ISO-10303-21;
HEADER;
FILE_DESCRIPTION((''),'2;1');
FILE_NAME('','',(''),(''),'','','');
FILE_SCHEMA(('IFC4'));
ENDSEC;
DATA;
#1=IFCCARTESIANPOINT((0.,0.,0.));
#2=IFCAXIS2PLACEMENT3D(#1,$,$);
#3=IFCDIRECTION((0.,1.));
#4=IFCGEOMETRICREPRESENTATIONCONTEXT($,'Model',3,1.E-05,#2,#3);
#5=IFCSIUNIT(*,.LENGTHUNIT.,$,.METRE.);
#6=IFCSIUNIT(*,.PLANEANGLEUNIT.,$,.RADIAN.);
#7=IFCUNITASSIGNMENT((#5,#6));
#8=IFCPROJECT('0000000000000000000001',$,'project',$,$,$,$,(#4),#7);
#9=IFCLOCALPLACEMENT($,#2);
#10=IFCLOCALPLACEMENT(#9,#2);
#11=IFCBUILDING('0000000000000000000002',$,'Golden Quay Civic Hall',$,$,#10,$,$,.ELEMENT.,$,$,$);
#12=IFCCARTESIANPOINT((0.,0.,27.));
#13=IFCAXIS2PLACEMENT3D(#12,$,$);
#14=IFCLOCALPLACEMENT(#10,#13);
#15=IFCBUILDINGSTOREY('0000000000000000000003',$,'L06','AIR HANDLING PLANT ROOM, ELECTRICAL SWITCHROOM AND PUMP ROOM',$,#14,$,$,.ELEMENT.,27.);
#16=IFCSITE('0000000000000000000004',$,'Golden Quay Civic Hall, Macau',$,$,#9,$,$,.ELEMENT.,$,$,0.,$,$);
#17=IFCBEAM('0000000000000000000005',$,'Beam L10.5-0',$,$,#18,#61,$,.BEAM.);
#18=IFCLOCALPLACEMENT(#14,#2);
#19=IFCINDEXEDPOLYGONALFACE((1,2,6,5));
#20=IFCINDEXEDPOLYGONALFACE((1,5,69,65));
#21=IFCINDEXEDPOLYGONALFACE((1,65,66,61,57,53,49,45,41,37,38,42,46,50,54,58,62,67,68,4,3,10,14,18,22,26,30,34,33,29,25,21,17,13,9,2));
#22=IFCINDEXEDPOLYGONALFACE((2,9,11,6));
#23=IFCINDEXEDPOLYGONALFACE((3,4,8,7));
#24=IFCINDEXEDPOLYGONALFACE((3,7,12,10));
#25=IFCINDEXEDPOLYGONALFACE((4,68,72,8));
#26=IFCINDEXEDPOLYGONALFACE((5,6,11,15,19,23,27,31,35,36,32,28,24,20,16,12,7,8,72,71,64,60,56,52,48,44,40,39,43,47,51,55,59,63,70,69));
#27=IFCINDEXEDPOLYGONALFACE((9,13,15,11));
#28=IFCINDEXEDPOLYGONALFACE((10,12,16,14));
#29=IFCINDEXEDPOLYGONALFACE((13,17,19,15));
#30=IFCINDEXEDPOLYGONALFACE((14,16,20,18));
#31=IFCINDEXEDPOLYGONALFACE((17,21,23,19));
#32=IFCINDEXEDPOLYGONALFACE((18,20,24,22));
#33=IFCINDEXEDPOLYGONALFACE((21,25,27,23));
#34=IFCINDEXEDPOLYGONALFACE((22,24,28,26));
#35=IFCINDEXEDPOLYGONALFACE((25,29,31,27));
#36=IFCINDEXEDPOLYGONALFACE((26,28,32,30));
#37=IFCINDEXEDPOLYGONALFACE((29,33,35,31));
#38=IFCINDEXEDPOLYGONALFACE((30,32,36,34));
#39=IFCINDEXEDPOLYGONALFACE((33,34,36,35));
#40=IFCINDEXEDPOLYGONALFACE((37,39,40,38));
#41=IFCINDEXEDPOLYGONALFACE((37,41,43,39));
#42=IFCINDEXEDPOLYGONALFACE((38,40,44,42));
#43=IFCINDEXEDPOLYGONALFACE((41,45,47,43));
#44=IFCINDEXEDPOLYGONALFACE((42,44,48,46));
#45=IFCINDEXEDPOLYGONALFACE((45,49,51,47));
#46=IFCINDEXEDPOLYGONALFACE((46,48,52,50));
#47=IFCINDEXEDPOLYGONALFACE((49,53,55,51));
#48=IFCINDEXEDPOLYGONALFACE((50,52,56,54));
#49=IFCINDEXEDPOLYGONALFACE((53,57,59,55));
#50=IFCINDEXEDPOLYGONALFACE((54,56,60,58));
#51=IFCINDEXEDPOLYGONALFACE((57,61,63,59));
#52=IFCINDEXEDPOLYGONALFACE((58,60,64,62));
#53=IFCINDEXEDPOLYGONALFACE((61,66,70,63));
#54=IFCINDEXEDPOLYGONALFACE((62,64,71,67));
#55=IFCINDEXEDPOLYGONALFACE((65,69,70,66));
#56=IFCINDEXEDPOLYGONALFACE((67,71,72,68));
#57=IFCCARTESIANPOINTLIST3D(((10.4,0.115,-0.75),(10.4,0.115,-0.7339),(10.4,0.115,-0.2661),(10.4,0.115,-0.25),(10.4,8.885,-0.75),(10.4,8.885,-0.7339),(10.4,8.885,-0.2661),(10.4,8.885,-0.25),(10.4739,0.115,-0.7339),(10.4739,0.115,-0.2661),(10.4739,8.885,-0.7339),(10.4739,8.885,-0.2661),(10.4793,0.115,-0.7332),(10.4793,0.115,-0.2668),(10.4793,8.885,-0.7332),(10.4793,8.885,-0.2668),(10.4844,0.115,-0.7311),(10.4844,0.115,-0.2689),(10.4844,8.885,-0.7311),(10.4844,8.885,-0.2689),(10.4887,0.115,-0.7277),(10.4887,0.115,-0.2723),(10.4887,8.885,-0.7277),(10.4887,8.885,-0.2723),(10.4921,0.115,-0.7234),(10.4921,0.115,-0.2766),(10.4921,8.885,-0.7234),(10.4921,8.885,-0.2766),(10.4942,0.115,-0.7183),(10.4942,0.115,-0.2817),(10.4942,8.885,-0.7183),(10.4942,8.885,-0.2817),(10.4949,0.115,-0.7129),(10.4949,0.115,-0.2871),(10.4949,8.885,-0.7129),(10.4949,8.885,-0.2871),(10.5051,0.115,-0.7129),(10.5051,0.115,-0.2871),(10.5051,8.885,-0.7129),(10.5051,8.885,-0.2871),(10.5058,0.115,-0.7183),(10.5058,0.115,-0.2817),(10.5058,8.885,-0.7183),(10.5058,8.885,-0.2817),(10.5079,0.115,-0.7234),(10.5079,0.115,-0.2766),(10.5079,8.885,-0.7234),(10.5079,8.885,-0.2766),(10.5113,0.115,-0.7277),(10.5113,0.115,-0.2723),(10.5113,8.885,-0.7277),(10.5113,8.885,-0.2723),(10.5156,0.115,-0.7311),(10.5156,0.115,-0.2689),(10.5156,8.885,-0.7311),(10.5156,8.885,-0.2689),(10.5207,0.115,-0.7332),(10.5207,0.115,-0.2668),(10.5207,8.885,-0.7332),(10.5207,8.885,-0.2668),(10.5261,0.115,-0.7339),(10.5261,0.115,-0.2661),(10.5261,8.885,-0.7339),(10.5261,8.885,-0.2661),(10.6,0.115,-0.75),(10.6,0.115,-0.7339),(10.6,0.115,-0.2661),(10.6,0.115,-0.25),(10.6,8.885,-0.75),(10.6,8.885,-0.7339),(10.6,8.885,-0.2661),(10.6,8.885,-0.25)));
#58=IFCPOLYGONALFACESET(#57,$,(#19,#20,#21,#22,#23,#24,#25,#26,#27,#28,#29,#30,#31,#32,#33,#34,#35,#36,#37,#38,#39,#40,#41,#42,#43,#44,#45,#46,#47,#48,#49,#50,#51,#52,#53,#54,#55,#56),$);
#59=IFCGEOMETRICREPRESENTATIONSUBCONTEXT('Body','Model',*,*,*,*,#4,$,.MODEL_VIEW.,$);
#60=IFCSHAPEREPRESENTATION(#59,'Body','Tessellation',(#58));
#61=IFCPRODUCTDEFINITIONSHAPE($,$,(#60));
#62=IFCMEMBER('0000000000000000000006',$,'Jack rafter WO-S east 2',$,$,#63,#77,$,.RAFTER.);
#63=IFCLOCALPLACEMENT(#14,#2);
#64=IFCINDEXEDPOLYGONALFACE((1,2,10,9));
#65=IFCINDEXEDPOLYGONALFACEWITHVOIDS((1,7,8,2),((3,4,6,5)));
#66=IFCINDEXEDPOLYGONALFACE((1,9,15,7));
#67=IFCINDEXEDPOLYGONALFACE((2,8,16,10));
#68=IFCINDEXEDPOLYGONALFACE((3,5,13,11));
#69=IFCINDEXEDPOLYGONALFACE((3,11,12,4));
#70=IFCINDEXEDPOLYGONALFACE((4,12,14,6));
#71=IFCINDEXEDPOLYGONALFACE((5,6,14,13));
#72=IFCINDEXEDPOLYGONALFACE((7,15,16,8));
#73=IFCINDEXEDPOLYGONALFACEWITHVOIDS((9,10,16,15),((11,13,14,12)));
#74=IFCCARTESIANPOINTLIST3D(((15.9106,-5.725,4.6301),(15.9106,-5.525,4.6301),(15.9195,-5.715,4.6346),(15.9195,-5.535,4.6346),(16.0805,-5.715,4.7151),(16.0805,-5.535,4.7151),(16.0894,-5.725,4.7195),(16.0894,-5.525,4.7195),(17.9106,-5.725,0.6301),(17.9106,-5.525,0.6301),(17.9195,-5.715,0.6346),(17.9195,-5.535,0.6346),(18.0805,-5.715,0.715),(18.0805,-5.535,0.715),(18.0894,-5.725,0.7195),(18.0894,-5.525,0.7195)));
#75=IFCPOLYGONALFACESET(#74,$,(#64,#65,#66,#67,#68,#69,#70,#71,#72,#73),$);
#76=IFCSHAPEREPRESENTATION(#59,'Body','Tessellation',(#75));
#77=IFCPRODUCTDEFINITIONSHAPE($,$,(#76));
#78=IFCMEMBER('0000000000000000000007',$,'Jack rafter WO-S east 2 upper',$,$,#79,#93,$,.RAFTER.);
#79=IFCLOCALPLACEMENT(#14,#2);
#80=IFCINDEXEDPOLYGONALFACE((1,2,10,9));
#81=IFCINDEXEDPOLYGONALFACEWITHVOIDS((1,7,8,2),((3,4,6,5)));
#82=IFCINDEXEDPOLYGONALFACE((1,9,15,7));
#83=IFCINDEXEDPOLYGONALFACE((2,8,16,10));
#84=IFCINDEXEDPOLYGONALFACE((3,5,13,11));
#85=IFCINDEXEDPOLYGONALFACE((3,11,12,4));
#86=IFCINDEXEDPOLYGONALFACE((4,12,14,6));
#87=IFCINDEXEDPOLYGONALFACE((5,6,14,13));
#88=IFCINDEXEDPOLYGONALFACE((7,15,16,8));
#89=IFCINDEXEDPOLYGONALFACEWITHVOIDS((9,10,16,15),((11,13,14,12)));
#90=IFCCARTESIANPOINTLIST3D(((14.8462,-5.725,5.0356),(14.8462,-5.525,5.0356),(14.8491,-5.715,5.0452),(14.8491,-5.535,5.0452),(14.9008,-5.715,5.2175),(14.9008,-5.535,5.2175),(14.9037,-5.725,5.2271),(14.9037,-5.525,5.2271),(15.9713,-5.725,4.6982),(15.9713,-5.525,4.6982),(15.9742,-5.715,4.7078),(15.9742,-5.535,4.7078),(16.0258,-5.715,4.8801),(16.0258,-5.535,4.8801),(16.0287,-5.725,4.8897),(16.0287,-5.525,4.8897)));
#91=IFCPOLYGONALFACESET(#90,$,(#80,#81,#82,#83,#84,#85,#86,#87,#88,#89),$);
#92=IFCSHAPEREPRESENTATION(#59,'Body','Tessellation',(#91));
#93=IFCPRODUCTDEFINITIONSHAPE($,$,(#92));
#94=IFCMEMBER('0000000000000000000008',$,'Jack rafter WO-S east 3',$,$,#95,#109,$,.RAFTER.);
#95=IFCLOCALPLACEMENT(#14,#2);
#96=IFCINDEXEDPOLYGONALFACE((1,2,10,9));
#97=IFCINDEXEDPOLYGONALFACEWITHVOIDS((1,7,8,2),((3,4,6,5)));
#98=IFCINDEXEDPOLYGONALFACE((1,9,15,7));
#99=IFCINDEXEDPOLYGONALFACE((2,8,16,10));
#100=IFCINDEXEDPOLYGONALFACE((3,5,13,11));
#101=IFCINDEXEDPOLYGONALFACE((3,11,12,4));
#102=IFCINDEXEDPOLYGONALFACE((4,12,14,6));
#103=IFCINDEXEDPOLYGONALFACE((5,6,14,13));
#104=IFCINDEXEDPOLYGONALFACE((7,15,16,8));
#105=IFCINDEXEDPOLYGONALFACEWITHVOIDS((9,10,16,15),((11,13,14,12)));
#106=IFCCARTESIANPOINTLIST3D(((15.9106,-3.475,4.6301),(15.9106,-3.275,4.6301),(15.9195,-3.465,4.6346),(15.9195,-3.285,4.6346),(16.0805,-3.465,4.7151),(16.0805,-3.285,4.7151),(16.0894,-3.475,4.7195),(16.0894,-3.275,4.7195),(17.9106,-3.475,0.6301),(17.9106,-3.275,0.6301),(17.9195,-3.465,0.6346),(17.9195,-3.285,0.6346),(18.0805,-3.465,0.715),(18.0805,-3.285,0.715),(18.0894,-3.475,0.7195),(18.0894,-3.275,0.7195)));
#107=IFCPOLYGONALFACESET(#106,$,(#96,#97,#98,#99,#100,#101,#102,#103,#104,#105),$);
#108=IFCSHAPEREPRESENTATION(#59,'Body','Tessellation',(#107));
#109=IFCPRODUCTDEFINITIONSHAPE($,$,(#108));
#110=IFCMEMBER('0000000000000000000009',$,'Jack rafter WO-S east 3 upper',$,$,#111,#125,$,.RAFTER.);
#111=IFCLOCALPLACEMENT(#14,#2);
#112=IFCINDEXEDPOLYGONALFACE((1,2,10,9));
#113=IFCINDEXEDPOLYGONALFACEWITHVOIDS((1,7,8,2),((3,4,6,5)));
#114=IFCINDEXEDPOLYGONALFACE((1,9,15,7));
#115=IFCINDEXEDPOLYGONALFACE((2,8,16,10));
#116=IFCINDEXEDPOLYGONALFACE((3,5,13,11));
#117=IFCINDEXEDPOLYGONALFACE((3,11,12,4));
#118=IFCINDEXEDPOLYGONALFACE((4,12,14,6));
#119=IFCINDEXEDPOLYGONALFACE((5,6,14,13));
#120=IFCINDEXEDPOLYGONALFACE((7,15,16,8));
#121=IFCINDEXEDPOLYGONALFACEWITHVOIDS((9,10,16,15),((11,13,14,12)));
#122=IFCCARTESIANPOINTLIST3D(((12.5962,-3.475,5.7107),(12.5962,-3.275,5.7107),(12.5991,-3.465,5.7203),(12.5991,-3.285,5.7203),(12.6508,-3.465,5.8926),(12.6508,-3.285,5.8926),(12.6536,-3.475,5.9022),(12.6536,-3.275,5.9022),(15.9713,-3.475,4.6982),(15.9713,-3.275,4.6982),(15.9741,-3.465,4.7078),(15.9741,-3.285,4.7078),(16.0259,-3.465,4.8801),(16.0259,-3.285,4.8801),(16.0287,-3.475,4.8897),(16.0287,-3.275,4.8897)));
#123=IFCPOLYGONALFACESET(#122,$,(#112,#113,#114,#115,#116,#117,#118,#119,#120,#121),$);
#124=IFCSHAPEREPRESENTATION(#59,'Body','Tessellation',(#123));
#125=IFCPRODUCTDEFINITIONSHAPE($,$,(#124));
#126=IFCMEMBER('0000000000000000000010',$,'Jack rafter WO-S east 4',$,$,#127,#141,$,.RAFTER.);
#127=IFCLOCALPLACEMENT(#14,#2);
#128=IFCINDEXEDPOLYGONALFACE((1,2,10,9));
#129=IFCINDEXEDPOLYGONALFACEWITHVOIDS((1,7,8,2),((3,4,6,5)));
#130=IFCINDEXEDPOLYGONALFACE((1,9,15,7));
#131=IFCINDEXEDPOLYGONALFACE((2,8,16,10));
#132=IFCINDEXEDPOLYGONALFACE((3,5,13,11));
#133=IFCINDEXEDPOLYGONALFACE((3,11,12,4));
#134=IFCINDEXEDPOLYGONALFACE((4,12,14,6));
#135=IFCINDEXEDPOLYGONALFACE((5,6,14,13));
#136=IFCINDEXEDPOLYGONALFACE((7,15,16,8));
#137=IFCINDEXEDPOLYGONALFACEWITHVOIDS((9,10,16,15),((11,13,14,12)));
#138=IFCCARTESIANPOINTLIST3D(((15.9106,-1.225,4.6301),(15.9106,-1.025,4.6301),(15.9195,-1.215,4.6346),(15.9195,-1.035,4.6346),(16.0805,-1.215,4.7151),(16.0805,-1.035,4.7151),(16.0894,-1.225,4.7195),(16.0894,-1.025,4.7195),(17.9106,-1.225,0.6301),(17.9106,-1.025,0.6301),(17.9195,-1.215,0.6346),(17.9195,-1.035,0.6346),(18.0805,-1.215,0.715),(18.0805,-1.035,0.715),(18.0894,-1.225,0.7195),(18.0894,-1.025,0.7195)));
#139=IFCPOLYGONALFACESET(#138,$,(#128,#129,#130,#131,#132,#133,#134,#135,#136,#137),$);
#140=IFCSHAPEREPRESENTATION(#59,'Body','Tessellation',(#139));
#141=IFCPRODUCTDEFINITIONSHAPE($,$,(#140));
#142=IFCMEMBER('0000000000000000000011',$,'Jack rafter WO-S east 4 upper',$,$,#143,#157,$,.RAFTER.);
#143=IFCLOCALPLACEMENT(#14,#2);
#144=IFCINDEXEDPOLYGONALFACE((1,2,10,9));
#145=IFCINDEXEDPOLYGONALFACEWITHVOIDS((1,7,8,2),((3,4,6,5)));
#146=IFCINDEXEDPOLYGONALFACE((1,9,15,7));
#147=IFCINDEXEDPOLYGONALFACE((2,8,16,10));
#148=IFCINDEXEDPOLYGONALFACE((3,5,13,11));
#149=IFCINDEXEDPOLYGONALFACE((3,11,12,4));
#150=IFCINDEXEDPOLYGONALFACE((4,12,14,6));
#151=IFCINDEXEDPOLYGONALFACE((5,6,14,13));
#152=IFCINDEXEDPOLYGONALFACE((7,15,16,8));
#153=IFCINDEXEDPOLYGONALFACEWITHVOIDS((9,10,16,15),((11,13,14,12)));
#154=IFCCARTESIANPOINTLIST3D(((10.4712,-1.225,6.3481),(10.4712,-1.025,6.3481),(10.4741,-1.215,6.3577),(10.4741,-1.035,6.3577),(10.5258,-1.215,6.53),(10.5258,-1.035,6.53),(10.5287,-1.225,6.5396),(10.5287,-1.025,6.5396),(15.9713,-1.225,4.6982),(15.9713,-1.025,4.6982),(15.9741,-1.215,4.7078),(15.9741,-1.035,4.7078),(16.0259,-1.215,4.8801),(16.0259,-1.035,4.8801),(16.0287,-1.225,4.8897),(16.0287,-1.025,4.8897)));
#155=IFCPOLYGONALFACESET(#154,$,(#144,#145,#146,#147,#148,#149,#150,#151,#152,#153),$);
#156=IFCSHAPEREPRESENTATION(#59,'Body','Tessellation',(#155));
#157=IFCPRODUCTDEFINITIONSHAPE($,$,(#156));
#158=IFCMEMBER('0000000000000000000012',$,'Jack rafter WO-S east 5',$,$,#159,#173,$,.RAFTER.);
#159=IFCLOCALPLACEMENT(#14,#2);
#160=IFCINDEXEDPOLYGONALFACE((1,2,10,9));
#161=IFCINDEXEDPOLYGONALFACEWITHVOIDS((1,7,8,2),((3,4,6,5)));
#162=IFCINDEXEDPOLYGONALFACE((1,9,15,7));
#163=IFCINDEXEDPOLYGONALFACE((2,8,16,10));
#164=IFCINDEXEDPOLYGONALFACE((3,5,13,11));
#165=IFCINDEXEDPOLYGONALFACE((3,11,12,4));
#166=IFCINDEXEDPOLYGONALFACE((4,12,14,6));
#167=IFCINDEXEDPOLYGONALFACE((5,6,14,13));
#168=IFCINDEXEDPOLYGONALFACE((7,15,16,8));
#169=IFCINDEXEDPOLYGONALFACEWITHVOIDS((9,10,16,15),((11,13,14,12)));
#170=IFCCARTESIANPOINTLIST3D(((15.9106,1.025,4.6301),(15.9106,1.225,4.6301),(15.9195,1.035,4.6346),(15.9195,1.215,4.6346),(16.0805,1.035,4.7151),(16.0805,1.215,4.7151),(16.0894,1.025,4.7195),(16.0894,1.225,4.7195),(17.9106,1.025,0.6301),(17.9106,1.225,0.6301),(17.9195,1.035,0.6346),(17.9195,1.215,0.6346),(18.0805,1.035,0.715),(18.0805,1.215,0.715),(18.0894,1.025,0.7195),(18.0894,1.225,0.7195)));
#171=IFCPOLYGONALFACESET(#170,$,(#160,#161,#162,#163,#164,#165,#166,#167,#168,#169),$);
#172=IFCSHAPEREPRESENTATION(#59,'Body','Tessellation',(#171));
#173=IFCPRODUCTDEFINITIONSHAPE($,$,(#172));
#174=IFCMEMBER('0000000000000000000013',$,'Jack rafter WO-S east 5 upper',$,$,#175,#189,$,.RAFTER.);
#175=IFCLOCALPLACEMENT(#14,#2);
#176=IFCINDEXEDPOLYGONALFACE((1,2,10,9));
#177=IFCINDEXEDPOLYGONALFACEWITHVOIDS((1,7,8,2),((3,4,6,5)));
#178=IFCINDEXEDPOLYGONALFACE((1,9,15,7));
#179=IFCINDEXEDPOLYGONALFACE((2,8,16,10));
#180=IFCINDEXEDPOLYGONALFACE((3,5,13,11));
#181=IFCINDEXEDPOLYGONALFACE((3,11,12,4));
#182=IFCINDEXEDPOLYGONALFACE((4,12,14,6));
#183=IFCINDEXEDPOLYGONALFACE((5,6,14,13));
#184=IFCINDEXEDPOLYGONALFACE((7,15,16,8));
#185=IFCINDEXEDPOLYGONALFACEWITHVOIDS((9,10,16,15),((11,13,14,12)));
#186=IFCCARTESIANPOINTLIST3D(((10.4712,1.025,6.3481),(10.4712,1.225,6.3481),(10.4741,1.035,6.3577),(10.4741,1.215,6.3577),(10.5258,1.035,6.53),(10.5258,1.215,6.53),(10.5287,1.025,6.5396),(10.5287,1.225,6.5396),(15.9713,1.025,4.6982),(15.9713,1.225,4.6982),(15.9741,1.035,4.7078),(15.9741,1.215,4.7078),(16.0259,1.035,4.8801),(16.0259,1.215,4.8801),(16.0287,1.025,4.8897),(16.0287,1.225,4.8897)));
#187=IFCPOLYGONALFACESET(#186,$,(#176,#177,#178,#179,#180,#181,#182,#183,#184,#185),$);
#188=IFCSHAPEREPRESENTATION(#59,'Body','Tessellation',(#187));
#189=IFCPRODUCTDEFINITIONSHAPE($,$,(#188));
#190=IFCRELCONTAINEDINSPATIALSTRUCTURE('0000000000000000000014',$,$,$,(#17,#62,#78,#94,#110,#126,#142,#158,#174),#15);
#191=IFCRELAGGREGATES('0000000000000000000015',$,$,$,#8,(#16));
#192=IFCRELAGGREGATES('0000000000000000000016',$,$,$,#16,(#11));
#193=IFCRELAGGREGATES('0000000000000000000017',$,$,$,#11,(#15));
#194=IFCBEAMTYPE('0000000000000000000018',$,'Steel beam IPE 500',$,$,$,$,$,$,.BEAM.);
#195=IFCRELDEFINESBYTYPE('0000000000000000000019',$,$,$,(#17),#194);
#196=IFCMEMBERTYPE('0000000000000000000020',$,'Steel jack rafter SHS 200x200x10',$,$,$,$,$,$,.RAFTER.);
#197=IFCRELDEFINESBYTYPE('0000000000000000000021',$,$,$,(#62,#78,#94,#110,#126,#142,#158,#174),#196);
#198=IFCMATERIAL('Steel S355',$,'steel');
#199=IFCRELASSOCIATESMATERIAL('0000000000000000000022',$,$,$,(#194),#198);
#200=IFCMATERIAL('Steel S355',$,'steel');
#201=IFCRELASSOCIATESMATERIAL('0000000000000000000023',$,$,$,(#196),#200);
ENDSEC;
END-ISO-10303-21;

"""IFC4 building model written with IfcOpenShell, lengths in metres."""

from ifc_helpers import new_model, si_unit, direction, frame, origin, origin_2d, place, context, subcontext, project, spatial, hollow_rectangle, i_section, extrude, material, material_profile, profile_set, type_object, element, save


model = new_model("IFC4")

# Units and contexts
model_context = context("Model", 3, precision=1e-05, world=origin(), true_north=direction((0.0, 1.0)))
body_context = subcontext(model_context, "Body", "Model", "MODEL_VIEW")
ifc_project = project(units=[si_unit("LENGTHUNIT", "METRE"), si_unit("PLANEANGLEUNIT", "RADIAN")], contexts=[model_context])

# Site, building, storey
site_placement = place(None, origin())
site = spatial("IfcSite", under=ifc_project, at=site_placement, Name="Golden Quay Civic Hall, Macau", CompositionType="ELEMENT", RefElevation=0.0)
building_placement = place(site_placement, origin())
building = spatial("IfcBuilding", under=site, at=building_placement, Name="Golden Quay Civic Hall", CompositionType="ELEMENT")
storey_placement = place(building_placement, frame((0.0, 0.0, 27.0)))
storey = spatial("IfcBuildingStorey", under=building, at=storey_placement, Name="L06", Description="AIR HANDLING PLANT ROOM, ELECTRICAL SWITCHROOM AND PUMP ROOM", CompositionType="ELEMENT", Elevation=27.0)

# Beam
ifc_material_1 = material(Name="Steel S355", Category="steel")
ifc_material_profile_1 = material_profile(ifc_material_1, i_section(OverallWidth=0.2, OverallDepth=0.5, WebThickness=0.0103, FlangeThickness=0.0161, FilletRadius=0.021, at=origin_2d()), Name="IPE 500")
ifc_profile_set_1 = profile_set([ifc_material_profile_1], Name="Steel S355")
beam_type_1 = type_object("IfcBeamType", Name="Steel beam IPE 500", PredefinedType="BEAM", material=ifc_profile_set_1)
beam_1_placement = place(storey_placement, frame((10.5, 0.115, -0.5), z_axis=(0.0, 1.0, 0.0), x_axis=(-1.0, 0.0, 0.0)))
element("IfcBeam", 1, at=beam_1_placement, inside=storey, type_object=beam_type_1, Name="Beam L10.5-0", PredefinedType="BEAM", context=body_context, shape_type="SweptSolid", body=[
    extrude(i_section(OverallWidth=0.2, OverallDepth=0.5, WebThickness=0.0103, FlangeThickness=0.0161, FilletRadius=0.021, at=origin_2d()), origin(), (0.0, 0.0, 1.0), 8.77),
])

# Members
ifc_material_2 = material(Name="Steel S355", Category="steel")
ifc_material_profile_2 = material_profile(ifc_material_2, hollow_rectangle(XDim=0.2, YDim=0.2, WallThickness=0.01, at=origin_2d()), Name="SHS 200x200x10")
ifc_profile_set_2 = profile_set([ifc_material_profile_2], Name="Steel S355")
member_type_1 = type_object("IfcMemberType", Name="Steel jack rafter SHS 200x200x10", PredefinedType="RAFTER", material=ifc_profile_set_2)
member_1_placement = place(storey_placement, frame((18.0, -5.625, 0.6748), z_axis=(-0.447214, 0.0, 0.894427), x_axis=(0.0, -1.0, 0.0)))
element("IfcMember", 2, at=member_1_placement, inside=storey, type_object=member_type_1, Name="Jack rafter WO-S east 2", PredefinedType="RAFTER", context=body_context, shape_type="SweptSolid", body=[
    extrude(hollow_rectangle(XDim=0.2, YDim=0.2, WallThickness=0.01, at=origin_2d()), origin(), (0.0, 0.0, 1.0), 4.4722),
])
member_2_placement = place(storey_placement, frame((16.0, -5.625, 4.7939), z_axis=(-0.957849, 0.0, 0.287272), x_axis=(0.0, -1.0, 0.0)))
element("IfcMember", 3, at=member_2_placement, inside=storey, type_object=member_type_1, Name="Jack rafter WO-S east 2 upper", PredefinedType="RAFTER", context=body_context, shape_type="SweptSolid", body=[
    extrude(hollow_rectangle(XDim=0.2, YDim=0.2, WallThickness=0.01, at=origin_2d()), origin(), (0.0, 0.0, 1.0), 1.1746),
])
member_3_placement = place(storey_placement, frame((18.0, -3.375, 0.6748), z_axis=(-0.447214, 0.0, 0.894427), x_axis=(0.0, -1.0, 0.0)))
element("IfcMember", 4, at=member_3_placement, inside=storey, type_object=member_type_1, Name="Jack rafter WO-S east 3", PredefinedType="RAFTER", context=body_context, shape_type="SweptSolid", body=[
    extrude(hollow_rectangle(XDim=0.2, YDim=0.2, WallThickness=0.01, at=origin_2d()), origin(), (0.0, 0.0, 1.0), 4.4722),
])
member_4_placement = place(storey_placement, frame((16.0, -3.375, 4.7939), z_axis=(-0.95783, 0.0, 0.287335), x_axis=(0.0, -1.0, 0.0)))
element("IfcMember", 5, at=member_4_placement, inside=storey, type_object=member_type_1, Name="Jack rafter WO-S east 3 upper", PredefinedType="RAFTER", context=body_context, shape_type="SweptSolid", body=[
    extrude(hollow_rectangle(XDim=0.2, YDim=0.2, WallThickness=0.01, at=origin_2d()), origin(), (0.0, 0.0, 1.0), 3.5237),
])
member_5_placement = place(storey_placement, frame((18.0, -1.125, 0.6748), z_axis=(-0.447214, 0.0, 0.894427), x_axis=(0.0, -1.0, 0.0)))
element("IfcMember", 6, at=member_5_placement, inside=storey, type_object=member_type_1, Name="Jack rafter WO-S east 4", PredefinedType="RAFTER", context=body_context, shape_type="SweptSolid", body=[
    extrude(hollow_rectangle(XDim=0.2, YDim=0.2, WallThickness=0.01, at=origin_2d()), origin(), (0.0, 0.0, 1.0), 4.4722),
])
member_6_placement = place(storey_placement, frame((16.0, -1.125, 4.7939), z_axis=(-0.957831, 0.0, 0.287332), x_axis=(0.0, -1.0, 0.0)))
element("IfcMember", 7, at=member_6_placement, inside=storey, type_object=member_type_1, Name="Jack rafter WO-S east 4 upper", PredefinedType="RAFTER", context=body_context, shape_type="SweptSolid", body=[
    extrude(hollow_rectangle(XDim=0.2, YDim=0.2, WallThickness=0.01, at=origin_2d()), origin(), (0.0, 0.0, 1.0), 5.7422),
])
member_7_placement = place(storey_placement, frame((18.0, 1.125, 0.6748), z_axis=(-0.447214, 0.0, 0.894427), x_axis=(0.0, -1.0, 0.0)))
element("IfcMember", 8, at=member_7_placement, inside=storey, type_object=member_type_1, Name="Jack rafter WO-S east 5", PredefinedType="RAFTER", context=body_context, shape_type="SweptSolid", body=[
    extrude(hollow_rectangle(XDim=0.2, YDim=0.2, WallThickness=0.01, at=origin_2d()), origin(), (0.0, 0.0, 1.0), 4.4722),
])
member_8_placement = place(storey_placement, frame((16.0, 1.125, 4.7939), z_axis=(-0.957831, 0.0, 0.287332), x_axis=(0.0, -1.0, 0.0)))
element("IfcMember", 9, at=member_8_placement, inside=storey, type_object=member_type_1, Name="Jack rafter WO-S east 5 upper", PredefinedType="RAFTER", context=body_context, shape_type="SweptSolid", body=[
    extrude(hollow_rectangle(XDim=0.2, YDim=0.2, WallThickness=0.01, at=origin_2d()), origin(), (0.0, 0.0, 1.0), 5.7422),
])

save(model, "model.ifc")
